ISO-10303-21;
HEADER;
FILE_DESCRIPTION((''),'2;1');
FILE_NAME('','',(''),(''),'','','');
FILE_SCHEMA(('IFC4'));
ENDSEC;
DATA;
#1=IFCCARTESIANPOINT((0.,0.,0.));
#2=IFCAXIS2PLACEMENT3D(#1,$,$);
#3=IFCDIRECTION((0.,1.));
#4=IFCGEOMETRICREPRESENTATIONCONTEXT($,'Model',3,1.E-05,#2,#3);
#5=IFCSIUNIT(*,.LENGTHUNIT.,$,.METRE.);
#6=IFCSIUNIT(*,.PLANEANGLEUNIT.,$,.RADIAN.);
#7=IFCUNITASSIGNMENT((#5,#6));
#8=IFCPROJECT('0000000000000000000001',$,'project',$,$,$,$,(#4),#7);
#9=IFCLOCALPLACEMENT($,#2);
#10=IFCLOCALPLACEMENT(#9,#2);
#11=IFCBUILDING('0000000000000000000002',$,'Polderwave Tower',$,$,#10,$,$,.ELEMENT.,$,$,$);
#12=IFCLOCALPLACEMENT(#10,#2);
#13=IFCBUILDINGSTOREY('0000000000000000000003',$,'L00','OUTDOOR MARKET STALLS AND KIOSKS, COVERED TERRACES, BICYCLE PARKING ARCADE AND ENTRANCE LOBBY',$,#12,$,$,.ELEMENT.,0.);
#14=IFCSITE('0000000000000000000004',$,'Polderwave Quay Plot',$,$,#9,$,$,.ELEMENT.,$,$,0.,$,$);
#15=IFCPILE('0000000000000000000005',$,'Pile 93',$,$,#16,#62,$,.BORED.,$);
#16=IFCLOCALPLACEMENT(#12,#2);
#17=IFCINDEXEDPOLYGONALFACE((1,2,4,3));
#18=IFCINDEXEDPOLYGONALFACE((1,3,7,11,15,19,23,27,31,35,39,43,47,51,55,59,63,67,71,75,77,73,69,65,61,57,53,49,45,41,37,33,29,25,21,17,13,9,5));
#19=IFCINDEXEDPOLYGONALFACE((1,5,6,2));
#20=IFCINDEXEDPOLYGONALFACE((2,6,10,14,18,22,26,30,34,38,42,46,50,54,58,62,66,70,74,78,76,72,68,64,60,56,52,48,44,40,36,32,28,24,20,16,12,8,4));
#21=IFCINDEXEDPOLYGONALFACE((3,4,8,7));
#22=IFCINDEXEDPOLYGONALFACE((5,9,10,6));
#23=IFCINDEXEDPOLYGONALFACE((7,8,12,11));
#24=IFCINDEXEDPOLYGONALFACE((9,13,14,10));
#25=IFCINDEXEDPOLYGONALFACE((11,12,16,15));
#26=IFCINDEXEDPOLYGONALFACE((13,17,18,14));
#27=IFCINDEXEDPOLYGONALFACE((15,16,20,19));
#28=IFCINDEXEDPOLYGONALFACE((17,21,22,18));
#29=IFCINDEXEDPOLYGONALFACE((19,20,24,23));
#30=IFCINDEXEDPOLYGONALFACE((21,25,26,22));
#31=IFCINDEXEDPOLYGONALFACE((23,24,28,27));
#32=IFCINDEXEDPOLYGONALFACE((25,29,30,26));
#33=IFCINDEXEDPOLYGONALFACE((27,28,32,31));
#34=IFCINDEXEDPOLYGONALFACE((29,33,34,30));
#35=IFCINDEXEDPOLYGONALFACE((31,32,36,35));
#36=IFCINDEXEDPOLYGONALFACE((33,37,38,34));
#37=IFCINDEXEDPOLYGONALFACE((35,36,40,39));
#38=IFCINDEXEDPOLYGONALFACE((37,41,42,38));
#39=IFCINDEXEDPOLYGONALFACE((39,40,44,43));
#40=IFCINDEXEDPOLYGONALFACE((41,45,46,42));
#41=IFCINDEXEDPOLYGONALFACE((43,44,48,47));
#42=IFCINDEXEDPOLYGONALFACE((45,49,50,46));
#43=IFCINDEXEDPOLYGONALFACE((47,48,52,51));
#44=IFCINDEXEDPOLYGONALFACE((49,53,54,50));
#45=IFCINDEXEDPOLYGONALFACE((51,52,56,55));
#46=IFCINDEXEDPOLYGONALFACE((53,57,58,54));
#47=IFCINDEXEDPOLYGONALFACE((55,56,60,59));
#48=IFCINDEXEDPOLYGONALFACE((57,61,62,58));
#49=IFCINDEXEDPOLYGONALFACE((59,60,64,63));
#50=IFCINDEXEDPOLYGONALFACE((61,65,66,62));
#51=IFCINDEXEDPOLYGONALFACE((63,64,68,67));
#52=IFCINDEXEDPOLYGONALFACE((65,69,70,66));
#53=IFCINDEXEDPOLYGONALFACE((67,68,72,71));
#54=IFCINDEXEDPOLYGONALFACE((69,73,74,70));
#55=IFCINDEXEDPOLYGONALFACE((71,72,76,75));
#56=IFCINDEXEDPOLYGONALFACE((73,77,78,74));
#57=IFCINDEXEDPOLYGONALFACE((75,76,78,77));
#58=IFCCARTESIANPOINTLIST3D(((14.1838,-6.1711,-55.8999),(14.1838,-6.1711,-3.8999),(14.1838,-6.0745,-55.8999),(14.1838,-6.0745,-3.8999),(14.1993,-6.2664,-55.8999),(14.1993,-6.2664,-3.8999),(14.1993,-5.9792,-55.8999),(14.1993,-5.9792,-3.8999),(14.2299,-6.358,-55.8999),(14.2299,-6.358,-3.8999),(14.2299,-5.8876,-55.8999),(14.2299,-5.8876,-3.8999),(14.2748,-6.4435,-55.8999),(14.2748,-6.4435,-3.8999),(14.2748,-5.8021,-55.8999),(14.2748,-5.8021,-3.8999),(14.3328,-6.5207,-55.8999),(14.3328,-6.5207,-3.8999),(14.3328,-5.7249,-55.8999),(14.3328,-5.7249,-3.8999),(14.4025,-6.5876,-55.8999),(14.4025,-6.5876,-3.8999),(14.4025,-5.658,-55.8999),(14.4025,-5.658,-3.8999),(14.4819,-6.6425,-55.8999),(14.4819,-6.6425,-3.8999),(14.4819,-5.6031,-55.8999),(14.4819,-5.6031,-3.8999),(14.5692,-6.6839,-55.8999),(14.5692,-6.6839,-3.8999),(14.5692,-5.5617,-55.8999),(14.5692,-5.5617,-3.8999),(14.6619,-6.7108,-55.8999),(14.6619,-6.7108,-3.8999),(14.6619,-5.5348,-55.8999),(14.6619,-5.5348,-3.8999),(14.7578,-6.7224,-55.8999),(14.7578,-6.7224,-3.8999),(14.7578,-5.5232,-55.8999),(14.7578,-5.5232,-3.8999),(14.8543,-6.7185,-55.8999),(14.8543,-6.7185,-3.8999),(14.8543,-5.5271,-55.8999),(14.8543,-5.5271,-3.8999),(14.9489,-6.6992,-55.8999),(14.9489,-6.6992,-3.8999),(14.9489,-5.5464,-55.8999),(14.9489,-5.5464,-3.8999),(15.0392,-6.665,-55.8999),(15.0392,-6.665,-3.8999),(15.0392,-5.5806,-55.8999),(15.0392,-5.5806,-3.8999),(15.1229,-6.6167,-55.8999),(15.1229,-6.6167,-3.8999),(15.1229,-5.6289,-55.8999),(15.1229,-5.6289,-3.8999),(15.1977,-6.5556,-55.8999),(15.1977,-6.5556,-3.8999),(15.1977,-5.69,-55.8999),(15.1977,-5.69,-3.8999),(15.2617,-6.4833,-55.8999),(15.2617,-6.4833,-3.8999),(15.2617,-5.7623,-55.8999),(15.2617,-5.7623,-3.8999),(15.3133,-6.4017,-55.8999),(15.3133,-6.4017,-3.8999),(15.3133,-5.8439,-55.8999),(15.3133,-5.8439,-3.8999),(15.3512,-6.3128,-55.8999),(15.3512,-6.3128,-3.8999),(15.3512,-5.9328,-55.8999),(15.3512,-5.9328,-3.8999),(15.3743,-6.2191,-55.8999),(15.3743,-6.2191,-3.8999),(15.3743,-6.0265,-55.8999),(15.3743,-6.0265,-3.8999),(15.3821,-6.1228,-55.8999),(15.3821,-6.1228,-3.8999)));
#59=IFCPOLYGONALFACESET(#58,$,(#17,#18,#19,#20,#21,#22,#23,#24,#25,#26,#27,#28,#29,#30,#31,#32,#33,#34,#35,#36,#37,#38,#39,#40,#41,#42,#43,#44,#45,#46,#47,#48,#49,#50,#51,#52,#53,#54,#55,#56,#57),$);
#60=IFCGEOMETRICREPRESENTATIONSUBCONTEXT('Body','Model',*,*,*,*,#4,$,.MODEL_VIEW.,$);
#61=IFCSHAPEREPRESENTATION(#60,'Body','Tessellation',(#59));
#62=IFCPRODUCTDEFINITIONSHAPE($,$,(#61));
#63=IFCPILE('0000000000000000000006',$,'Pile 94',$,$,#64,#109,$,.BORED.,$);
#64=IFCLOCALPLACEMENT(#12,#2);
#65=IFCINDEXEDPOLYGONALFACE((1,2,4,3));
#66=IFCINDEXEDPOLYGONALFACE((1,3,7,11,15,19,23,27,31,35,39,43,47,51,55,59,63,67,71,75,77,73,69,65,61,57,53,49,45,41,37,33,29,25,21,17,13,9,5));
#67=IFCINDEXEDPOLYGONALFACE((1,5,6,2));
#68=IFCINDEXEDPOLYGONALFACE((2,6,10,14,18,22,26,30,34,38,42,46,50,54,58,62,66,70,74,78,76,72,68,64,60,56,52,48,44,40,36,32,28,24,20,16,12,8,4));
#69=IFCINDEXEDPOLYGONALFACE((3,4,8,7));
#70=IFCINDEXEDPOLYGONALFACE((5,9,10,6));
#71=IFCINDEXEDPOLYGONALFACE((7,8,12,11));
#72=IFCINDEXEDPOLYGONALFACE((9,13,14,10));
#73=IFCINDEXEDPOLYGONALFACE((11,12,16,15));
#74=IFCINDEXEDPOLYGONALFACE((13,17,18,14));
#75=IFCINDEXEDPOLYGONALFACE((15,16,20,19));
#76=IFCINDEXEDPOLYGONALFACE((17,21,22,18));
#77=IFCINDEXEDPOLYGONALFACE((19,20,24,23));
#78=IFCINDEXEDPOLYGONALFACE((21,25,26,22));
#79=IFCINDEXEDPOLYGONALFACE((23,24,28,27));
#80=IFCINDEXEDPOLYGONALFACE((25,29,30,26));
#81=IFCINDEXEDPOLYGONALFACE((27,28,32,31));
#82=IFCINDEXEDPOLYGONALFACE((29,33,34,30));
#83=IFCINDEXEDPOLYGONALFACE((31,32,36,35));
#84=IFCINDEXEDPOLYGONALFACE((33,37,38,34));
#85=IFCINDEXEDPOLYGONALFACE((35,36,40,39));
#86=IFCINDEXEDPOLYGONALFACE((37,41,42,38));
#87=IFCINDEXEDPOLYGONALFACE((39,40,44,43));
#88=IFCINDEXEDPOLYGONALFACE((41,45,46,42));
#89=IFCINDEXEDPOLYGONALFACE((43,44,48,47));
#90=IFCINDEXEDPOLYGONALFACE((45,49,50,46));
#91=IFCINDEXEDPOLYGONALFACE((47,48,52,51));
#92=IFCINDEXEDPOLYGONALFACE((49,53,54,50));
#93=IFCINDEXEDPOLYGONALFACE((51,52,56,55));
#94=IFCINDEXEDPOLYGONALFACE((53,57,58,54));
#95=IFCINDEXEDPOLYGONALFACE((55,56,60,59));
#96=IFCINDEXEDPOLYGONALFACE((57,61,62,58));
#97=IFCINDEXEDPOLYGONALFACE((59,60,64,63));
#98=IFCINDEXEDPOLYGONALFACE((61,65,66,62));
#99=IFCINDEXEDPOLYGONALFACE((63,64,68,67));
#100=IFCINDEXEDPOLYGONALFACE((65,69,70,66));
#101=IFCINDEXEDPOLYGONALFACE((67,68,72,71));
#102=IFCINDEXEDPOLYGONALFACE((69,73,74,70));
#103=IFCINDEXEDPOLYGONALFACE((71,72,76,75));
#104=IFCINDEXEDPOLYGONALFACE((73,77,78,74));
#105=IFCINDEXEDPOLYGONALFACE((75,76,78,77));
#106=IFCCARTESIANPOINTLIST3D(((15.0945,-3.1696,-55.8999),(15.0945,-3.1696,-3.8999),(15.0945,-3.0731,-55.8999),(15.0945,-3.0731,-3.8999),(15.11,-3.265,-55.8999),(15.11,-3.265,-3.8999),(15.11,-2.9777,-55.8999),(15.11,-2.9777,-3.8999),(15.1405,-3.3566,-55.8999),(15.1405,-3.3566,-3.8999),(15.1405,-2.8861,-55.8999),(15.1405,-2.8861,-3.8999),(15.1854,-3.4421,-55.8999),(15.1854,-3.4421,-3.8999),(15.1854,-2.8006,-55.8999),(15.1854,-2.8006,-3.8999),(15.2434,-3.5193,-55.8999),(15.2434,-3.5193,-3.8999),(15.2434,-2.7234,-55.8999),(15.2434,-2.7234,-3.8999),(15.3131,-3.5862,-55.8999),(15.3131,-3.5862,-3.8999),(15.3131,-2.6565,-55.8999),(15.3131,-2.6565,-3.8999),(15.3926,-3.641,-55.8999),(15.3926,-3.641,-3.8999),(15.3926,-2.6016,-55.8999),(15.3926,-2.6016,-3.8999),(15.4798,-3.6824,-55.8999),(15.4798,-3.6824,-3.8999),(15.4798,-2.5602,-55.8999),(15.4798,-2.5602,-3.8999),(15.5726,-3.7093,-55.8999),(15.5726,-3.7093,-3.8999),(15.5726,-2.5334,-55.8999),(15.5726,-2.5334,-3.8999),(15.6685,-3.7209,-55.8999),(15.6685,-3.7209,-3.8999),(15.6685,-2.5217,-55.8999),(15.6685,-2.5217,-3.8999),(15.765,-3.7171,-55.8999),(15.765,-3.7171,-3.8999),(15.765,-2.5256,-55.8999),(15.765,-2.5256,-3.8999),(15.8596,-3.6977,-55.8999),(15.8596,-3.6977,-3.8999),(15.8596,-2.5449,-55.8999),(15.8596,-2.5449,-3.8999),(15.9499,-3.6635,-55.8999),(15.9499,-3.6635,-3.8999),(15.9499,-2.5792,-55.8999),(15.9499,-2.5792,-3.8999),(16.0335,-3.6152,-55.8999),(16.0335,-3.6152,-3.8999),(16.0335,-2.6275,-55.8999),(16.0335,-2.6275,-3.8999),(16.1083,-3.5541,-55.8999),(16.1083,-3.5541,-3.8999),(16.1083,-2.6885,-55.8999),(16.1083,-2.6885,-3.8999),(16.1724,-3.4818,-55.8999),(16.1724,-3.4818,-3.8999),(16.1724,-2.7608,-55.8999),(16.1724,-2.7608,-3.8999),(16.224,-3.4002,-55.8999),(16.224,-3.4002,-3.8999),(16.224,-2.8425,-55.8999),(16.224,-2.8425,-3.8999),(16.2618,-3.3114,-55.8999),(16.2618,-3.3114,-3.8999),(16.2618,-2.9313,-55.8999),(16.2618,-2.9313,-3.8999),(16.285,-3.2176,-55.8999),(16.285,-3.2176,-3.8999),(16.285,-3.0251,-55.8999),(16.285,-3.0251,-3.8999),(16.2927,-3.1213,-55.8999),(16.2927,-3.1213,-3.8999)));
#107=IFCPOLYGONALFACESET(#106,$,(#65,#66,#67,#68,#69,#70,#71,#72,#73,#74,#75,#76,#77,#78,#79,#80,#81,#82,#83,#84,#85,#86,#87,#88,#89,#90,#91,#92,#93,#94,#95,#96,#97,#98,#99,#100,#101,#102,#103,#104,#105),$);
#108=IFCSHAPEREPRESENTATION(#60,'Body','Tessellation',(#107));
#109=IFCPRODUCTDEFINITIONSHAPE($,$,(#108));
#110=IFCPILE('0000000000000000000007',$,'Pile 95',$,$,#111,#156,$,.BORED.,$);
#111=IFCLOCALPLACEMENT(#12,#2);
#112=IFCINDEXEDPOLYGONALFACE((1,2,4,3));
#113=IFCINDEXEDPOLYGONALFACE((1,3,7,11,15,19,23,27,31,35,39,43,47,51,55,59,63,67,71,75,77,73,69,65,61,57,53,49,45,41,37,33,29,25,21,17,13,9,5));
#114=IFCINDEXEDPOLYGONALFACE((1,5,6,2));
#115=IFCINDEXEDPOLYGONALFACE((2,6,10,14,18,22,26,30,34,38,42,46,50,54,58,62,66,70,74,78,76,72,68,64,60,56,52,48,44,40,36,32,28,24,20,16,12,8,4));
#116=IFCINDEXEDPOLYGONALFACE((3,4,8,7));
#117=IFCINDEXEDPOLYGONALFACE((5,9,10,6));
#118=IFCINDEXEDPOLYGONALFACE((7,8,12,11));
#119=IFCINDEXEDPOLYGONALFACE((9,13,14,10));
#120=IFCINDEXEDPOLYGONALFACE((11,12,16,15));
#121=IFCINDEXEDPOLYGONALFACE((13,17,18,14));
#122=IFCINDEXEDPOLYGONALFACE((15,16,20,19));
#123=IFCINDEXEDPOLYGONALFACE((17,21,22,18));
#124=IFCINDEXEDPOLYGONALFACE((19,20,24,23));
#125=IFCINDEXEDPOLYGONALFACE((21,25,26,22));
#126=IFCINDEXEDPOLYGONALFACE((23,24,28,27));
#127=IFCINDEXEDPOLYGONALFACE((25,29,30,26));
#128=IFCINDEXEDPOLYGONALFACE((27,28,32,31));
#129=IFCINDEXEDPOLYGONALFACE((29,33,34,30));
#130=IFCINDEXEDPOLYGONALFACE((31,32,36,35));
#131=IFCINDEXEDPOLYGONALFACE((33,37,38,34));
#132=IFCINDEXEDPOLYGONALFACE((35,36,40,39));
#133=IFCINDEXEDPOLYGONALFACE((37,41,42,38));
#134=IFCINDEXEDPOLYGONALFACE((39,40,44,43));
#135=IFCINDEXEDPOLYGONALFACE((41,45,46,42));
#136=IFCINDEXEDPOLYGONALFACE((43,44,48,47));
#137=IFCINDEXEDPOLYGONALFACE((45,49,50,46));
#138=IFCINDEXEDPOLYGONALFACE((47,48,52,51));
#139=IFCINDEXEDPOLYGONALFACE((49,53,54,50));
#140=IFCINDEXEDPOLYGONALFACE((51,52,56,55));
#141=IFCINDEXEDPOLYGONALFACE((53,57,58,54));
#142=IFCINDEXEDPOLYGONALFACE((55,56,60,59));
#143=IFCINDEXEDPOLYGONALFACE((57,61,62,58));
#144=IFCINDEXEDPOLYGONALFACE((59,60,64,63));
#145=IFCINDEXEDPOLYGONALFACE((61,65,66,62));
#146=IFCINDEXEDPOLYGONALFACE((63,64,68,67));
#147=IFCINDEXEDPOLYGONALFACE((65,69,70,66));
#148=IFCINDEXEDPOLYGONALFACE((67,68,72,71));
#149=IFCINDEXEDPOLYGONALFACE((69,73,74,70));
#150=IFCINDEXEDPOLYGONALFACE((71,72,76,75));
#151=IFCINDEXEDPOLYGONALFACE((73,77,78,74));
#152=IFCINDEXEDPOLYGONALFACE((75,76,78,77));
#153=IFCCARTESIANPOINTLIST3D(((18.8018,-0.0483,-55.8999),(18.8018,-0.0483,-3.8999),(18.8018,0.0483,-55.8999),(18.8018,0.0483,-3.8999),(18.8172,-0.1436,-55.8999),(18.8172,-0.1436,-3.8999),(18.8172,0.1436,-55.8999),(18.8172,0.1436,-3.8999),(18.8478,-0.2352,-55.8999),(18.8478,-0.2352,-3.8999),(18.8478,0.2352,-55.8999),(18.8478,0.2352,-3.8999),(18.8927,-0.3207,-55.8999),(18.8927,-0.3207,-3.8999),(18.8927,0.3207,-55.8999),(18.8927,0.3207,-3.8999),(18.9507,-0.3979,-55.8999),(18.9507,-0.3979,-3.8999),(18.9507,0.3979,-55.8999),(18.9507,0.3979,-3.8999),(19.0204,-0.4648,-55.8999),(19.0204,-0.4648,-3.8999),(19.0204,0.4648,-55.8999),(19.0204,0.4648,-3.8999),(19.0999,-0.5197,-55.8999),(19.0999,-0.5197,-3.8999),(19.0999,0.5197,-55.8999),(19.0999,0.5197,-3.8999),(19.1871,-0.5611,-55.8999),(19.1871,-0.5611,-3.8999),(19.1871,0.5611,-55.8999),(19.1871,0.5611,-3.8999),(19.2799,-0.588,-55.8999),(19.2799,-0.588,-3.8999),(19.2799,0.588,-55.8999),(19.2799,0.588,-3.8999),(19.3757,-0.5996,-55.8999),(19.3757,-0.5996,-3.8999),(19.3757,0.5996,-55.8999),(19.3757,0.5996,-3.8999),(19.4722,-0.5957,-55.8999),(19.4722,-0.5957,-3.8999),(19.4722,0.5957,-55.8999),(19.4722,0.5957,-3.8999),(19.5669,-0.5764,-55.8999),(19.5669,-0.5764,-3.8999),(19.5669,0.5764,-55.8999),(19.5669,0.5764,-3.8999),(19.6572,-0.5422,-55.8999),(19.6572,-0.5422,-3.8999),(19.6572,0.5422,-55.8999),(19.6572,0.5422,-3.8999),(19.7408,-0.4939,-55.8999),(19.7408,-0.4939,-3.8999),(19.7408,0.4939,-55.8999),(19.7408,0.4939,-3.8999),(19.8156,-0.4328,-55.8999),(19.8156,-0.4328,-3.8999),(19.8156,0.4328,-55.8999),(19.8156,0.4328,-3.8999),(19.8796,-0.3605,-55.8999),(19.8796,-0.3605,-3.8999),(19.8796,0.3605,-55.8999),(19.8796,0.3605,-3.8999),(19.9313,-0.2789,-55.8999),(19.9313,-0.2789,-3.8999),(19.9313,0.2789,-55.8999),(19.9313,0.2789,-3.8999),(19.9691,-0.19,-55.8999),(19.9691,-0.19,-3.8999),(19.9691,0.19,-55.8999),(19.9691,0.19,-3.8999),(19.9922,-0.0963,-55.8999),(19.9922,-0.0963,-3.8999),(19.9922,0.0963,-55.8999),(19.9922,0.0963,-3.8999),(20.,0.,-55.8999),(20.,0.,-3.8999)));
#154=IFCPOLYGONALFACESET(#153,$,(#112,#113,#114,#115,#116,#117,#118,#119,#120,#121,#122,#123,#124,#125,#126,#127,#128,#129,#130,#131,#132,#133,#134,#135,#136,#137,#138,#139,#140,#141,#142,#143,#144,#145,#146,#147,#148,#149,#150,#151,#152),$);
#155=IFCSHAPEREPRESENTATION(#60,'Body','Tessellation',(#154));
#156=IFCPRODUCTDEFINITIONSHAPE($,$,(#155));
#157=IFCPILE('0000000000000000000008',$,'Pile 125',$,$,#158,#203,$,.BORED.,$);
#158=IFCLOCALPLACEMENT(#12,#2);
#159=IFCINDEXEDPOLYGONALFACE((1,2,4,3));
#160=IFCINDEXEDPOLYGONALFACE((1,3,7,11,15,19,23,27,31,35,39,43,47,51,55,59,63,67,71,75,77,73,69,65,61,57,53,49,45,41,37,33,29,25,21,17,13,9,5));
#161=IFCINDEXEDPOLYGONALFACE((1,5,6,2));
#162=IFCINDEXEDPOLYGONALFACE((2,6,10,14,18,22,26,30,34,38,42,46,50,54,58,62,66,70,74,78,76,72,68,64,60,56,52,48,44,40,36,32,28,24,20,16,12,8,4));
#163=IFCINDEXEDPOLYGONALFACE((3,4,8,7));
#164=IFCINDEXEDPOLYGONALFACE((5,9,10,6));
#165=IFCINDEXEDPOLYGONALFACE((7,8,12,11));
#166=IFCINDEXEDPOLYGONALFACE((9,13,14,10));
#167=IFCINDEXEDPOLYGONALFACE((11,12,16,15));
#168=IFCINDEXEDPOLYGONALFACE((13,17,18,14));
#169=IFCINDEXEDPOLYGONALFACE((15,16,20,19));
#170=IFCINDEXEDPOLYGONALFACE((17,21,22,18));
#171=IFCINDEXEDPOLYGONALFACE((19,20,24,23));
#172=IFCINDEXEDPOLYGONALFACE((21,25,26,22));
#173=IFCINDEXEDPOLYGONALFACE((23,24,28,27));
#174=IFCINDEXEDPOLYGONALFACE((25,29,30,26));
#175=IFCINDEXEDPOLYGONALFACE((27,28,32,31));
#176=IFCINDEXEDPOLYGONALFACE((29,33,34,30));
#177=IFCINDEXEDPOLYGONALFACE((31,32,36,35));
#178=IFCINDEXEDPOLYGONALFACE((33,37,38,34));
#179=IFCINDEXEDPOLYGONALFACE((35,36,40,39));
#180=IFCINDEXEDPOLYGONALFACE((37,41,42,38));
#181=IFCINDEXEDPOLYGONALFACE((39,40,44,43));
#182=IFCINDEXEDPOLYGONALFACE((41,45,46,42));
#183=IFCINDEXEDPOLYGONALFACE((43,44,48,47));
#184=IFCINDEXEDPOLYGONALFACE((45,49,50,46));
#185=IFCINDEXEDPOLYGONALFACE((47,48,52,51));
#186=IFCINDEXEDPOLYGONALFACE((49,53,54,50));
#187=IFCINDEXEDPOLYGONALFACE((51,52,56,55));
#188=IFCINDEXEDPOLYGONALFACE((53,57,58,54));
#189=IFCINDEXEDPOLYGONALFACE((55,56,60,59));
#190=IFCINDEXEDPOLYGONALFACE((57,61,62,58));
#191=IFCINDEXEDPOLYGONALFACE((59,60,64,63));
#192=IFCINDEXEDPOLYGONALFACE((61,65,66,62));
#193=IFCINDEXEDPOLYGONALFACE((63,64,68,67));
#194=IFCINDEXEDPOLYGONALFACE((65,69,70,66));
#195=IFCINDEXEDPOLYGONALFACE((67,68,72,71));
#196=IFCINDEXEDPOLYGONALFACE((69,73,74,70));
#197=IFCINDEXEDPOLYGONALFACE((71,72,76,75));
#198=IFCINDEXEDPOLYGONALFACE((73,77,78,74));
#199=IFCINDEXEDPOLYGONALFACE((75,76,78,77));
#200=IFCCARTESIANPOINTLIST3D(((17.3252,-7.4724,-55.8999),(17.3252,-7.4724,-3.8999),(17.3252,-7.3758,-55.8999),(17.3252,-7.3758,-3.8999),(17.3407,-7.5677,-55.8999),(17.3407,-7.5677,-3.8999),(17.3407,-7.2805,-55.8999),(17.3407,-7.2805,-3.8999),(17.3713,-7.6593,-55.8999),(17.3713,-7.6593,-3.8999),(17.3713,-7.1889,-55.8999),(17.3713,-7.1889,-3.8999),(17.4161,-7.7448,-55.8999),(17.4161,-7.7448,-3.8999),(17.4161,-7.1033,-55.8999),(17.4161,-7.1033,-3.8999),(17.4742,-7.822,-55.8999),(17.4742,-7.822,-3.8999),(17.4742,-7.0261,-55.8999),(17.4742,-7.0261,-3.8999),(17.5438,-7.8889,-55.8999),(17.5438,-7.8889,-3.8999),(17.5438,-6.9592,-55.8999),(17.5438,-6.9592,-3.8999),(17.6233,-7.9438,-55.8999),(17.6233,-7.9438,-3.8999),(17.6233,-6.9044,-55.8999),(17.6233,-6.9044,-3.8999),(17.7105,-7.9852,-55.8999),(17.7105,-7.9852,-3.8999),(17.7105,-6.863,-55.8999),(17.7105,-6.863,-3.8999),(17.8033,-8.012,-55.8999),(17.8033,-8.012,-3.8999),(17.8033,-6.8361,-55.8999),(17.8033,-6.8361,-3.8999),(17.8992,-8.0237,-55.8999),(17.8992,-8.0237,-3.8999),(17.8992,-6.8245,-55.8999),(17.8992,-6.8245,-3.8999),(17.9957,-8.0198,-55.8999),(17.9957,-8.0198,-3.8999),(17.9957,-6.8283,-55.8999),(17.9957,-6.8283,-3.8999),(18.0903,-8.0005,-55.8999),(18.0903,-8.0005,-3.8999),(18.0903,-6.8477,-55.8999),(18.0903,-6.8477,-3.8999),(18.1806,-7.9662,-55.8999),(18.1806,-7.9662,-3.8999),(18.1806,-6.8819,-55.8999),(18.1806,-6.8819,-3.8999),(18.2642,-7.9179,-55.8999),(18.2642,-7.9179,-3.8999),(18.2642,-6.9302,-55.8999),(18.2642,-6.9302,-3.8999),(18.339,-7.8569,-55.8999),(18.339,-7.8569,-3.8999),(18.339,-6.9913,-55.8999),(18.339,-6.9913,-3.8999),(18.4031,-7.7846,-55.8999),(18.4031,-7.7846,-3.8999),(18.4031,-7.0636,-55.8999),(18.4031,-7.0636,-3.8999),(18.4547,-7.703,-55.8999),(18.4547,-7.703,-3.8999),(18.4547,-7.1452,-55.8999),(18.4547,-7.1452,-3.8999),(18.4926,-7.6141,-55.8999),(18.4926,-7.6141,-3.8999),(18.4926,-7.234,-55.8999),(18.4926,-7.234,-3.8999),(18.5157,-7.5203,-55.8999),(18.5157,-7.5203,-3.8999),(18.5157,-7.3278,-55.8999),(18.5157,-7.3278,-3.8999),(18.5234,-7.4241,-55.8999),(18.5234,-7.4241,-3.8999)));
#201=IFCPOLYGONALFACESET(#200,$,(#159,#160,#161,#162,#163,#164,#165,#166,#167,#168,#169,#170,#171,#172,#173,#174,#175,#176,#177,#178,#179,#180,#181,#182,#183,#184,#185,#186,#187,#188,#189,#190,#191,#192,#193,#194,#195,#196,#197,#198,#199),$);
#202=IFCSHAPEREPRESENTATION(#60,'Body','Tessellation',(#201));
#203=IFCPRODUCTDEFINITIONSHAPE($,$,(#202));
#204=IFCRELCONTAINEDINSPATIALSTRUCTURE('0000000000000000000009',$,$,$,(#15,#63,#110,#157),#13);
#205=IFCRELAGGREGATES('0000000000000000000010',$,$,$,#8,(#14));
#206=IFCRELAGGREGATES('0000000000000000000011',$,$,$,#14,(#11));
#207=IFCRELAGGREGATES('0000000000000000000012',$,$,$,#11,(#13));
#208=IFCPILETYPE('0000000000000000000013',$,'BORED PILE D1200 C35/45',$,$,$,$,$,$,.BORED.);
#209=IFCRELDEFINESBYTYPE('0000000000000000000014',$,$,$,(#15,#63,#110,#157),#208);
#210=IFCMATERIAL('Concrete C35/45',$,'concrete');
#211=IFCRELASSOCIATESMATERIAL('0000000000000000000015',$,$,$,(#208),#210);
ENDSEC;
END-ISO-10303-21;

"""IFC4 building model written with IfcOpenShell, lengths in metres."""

from ifc_helpers import new_model, si_unit, direction, frame, origin, origin_2d, place, context, subcontext, project, spatial, circle, extrude, material, material_profile, profile_set, type_object, element, save


model = new_model("IFC4")

# Units and contexts
model_context = context("Model", 3, precision=1e-05, world=origin(), true_north=direction((0.0, 1.0)))
body_context = subcontext(model_context, "Body", "Model", "MODEL_VIEW")
ifc_project = project(units=[si_unit("LENGTHUNIT", "METRE"), si_unit("PLANEANGLEUNIT", "RADIAN")], contexts=[model_context])

# Site, building, storey
site_placement = place(None, origin())
site = spatial("IfcSite", under=ifc_project, at=site_placement, Name="Polderwave Quay Plot", CompositionType="ELEMENT", RefElevation=0.0)
building_placement = place(site_placement, origin())
building = spatial("IfcBuilding", under=site, at=building_placement, Name="Polderwave Tower", CompositionType="ELEMENT")
storey_placement = place(building_placement, origin())
storey = spatial("IfcBuildingStorey", under=building, at=storey_placement, Name="L00", Description="OUTDOOR MARKET STALLS AND KIOSKS, COVERED TERRACES, BICYCLE PARKING ARCADE AND ENTRANCE LOBBY", CompositionType="ELEMENT", Elevation=0.0)

# Piles
ifc_material_1 = material(Name="Concrete C35/45", Category="concrete")
ifc_material_profile_1 = material_profile(ifc_material_1, circle(Radius=0.6001, at=origin_2d()), Name="BORED D1200")
ifc_profile_set_1 = profile_set([ifc_material_profile_1], Name="Concrete C35/45")
pile_type = type_object("IfcPileType", Name="BORED PILE D1200 C35/45", PredefinedType="BORED", material=ifc_profile_set_1)
for number, where, z_axis, x_axis, name in (
    (1, (14.782, -6.1228, -3.8999), (0.0, 0.0, -1.0), (1.0, 0.0, 0.0), "Pile 93"),
    (2, (15.6926, -3.1213, -3.8999), (0.0, 0.0, -1.0), (1.0, 0.0, 0.0), "Pile 94"),
    (3, (19.3999, 0.0, -3.8999), (0.0, 0.0, -1.0), (1.0, 0.0, 0.0), "Pile 95"),
    (4, (17.9233, -7.4241, -3.8999), (0.0, 0.0, -1.0), (1.0, 0.0, 0.0), "Pile 125"),
):
    element("IfcPile", number, at=place(storey_placement, frame(where, z_axis=z_axis, x_axis=x_axis)), inside=storey, type_object=pile_type, Name=name, PredefinedType="BORED", context=body_context, shape_type="SweptSolid", body=[
        extrude(circle(Radius=0.6001, at=origin_2d()), origin(), (0.0, 0.0, 1.0), 52.0),
    ])

save(model, "model.ifc")
